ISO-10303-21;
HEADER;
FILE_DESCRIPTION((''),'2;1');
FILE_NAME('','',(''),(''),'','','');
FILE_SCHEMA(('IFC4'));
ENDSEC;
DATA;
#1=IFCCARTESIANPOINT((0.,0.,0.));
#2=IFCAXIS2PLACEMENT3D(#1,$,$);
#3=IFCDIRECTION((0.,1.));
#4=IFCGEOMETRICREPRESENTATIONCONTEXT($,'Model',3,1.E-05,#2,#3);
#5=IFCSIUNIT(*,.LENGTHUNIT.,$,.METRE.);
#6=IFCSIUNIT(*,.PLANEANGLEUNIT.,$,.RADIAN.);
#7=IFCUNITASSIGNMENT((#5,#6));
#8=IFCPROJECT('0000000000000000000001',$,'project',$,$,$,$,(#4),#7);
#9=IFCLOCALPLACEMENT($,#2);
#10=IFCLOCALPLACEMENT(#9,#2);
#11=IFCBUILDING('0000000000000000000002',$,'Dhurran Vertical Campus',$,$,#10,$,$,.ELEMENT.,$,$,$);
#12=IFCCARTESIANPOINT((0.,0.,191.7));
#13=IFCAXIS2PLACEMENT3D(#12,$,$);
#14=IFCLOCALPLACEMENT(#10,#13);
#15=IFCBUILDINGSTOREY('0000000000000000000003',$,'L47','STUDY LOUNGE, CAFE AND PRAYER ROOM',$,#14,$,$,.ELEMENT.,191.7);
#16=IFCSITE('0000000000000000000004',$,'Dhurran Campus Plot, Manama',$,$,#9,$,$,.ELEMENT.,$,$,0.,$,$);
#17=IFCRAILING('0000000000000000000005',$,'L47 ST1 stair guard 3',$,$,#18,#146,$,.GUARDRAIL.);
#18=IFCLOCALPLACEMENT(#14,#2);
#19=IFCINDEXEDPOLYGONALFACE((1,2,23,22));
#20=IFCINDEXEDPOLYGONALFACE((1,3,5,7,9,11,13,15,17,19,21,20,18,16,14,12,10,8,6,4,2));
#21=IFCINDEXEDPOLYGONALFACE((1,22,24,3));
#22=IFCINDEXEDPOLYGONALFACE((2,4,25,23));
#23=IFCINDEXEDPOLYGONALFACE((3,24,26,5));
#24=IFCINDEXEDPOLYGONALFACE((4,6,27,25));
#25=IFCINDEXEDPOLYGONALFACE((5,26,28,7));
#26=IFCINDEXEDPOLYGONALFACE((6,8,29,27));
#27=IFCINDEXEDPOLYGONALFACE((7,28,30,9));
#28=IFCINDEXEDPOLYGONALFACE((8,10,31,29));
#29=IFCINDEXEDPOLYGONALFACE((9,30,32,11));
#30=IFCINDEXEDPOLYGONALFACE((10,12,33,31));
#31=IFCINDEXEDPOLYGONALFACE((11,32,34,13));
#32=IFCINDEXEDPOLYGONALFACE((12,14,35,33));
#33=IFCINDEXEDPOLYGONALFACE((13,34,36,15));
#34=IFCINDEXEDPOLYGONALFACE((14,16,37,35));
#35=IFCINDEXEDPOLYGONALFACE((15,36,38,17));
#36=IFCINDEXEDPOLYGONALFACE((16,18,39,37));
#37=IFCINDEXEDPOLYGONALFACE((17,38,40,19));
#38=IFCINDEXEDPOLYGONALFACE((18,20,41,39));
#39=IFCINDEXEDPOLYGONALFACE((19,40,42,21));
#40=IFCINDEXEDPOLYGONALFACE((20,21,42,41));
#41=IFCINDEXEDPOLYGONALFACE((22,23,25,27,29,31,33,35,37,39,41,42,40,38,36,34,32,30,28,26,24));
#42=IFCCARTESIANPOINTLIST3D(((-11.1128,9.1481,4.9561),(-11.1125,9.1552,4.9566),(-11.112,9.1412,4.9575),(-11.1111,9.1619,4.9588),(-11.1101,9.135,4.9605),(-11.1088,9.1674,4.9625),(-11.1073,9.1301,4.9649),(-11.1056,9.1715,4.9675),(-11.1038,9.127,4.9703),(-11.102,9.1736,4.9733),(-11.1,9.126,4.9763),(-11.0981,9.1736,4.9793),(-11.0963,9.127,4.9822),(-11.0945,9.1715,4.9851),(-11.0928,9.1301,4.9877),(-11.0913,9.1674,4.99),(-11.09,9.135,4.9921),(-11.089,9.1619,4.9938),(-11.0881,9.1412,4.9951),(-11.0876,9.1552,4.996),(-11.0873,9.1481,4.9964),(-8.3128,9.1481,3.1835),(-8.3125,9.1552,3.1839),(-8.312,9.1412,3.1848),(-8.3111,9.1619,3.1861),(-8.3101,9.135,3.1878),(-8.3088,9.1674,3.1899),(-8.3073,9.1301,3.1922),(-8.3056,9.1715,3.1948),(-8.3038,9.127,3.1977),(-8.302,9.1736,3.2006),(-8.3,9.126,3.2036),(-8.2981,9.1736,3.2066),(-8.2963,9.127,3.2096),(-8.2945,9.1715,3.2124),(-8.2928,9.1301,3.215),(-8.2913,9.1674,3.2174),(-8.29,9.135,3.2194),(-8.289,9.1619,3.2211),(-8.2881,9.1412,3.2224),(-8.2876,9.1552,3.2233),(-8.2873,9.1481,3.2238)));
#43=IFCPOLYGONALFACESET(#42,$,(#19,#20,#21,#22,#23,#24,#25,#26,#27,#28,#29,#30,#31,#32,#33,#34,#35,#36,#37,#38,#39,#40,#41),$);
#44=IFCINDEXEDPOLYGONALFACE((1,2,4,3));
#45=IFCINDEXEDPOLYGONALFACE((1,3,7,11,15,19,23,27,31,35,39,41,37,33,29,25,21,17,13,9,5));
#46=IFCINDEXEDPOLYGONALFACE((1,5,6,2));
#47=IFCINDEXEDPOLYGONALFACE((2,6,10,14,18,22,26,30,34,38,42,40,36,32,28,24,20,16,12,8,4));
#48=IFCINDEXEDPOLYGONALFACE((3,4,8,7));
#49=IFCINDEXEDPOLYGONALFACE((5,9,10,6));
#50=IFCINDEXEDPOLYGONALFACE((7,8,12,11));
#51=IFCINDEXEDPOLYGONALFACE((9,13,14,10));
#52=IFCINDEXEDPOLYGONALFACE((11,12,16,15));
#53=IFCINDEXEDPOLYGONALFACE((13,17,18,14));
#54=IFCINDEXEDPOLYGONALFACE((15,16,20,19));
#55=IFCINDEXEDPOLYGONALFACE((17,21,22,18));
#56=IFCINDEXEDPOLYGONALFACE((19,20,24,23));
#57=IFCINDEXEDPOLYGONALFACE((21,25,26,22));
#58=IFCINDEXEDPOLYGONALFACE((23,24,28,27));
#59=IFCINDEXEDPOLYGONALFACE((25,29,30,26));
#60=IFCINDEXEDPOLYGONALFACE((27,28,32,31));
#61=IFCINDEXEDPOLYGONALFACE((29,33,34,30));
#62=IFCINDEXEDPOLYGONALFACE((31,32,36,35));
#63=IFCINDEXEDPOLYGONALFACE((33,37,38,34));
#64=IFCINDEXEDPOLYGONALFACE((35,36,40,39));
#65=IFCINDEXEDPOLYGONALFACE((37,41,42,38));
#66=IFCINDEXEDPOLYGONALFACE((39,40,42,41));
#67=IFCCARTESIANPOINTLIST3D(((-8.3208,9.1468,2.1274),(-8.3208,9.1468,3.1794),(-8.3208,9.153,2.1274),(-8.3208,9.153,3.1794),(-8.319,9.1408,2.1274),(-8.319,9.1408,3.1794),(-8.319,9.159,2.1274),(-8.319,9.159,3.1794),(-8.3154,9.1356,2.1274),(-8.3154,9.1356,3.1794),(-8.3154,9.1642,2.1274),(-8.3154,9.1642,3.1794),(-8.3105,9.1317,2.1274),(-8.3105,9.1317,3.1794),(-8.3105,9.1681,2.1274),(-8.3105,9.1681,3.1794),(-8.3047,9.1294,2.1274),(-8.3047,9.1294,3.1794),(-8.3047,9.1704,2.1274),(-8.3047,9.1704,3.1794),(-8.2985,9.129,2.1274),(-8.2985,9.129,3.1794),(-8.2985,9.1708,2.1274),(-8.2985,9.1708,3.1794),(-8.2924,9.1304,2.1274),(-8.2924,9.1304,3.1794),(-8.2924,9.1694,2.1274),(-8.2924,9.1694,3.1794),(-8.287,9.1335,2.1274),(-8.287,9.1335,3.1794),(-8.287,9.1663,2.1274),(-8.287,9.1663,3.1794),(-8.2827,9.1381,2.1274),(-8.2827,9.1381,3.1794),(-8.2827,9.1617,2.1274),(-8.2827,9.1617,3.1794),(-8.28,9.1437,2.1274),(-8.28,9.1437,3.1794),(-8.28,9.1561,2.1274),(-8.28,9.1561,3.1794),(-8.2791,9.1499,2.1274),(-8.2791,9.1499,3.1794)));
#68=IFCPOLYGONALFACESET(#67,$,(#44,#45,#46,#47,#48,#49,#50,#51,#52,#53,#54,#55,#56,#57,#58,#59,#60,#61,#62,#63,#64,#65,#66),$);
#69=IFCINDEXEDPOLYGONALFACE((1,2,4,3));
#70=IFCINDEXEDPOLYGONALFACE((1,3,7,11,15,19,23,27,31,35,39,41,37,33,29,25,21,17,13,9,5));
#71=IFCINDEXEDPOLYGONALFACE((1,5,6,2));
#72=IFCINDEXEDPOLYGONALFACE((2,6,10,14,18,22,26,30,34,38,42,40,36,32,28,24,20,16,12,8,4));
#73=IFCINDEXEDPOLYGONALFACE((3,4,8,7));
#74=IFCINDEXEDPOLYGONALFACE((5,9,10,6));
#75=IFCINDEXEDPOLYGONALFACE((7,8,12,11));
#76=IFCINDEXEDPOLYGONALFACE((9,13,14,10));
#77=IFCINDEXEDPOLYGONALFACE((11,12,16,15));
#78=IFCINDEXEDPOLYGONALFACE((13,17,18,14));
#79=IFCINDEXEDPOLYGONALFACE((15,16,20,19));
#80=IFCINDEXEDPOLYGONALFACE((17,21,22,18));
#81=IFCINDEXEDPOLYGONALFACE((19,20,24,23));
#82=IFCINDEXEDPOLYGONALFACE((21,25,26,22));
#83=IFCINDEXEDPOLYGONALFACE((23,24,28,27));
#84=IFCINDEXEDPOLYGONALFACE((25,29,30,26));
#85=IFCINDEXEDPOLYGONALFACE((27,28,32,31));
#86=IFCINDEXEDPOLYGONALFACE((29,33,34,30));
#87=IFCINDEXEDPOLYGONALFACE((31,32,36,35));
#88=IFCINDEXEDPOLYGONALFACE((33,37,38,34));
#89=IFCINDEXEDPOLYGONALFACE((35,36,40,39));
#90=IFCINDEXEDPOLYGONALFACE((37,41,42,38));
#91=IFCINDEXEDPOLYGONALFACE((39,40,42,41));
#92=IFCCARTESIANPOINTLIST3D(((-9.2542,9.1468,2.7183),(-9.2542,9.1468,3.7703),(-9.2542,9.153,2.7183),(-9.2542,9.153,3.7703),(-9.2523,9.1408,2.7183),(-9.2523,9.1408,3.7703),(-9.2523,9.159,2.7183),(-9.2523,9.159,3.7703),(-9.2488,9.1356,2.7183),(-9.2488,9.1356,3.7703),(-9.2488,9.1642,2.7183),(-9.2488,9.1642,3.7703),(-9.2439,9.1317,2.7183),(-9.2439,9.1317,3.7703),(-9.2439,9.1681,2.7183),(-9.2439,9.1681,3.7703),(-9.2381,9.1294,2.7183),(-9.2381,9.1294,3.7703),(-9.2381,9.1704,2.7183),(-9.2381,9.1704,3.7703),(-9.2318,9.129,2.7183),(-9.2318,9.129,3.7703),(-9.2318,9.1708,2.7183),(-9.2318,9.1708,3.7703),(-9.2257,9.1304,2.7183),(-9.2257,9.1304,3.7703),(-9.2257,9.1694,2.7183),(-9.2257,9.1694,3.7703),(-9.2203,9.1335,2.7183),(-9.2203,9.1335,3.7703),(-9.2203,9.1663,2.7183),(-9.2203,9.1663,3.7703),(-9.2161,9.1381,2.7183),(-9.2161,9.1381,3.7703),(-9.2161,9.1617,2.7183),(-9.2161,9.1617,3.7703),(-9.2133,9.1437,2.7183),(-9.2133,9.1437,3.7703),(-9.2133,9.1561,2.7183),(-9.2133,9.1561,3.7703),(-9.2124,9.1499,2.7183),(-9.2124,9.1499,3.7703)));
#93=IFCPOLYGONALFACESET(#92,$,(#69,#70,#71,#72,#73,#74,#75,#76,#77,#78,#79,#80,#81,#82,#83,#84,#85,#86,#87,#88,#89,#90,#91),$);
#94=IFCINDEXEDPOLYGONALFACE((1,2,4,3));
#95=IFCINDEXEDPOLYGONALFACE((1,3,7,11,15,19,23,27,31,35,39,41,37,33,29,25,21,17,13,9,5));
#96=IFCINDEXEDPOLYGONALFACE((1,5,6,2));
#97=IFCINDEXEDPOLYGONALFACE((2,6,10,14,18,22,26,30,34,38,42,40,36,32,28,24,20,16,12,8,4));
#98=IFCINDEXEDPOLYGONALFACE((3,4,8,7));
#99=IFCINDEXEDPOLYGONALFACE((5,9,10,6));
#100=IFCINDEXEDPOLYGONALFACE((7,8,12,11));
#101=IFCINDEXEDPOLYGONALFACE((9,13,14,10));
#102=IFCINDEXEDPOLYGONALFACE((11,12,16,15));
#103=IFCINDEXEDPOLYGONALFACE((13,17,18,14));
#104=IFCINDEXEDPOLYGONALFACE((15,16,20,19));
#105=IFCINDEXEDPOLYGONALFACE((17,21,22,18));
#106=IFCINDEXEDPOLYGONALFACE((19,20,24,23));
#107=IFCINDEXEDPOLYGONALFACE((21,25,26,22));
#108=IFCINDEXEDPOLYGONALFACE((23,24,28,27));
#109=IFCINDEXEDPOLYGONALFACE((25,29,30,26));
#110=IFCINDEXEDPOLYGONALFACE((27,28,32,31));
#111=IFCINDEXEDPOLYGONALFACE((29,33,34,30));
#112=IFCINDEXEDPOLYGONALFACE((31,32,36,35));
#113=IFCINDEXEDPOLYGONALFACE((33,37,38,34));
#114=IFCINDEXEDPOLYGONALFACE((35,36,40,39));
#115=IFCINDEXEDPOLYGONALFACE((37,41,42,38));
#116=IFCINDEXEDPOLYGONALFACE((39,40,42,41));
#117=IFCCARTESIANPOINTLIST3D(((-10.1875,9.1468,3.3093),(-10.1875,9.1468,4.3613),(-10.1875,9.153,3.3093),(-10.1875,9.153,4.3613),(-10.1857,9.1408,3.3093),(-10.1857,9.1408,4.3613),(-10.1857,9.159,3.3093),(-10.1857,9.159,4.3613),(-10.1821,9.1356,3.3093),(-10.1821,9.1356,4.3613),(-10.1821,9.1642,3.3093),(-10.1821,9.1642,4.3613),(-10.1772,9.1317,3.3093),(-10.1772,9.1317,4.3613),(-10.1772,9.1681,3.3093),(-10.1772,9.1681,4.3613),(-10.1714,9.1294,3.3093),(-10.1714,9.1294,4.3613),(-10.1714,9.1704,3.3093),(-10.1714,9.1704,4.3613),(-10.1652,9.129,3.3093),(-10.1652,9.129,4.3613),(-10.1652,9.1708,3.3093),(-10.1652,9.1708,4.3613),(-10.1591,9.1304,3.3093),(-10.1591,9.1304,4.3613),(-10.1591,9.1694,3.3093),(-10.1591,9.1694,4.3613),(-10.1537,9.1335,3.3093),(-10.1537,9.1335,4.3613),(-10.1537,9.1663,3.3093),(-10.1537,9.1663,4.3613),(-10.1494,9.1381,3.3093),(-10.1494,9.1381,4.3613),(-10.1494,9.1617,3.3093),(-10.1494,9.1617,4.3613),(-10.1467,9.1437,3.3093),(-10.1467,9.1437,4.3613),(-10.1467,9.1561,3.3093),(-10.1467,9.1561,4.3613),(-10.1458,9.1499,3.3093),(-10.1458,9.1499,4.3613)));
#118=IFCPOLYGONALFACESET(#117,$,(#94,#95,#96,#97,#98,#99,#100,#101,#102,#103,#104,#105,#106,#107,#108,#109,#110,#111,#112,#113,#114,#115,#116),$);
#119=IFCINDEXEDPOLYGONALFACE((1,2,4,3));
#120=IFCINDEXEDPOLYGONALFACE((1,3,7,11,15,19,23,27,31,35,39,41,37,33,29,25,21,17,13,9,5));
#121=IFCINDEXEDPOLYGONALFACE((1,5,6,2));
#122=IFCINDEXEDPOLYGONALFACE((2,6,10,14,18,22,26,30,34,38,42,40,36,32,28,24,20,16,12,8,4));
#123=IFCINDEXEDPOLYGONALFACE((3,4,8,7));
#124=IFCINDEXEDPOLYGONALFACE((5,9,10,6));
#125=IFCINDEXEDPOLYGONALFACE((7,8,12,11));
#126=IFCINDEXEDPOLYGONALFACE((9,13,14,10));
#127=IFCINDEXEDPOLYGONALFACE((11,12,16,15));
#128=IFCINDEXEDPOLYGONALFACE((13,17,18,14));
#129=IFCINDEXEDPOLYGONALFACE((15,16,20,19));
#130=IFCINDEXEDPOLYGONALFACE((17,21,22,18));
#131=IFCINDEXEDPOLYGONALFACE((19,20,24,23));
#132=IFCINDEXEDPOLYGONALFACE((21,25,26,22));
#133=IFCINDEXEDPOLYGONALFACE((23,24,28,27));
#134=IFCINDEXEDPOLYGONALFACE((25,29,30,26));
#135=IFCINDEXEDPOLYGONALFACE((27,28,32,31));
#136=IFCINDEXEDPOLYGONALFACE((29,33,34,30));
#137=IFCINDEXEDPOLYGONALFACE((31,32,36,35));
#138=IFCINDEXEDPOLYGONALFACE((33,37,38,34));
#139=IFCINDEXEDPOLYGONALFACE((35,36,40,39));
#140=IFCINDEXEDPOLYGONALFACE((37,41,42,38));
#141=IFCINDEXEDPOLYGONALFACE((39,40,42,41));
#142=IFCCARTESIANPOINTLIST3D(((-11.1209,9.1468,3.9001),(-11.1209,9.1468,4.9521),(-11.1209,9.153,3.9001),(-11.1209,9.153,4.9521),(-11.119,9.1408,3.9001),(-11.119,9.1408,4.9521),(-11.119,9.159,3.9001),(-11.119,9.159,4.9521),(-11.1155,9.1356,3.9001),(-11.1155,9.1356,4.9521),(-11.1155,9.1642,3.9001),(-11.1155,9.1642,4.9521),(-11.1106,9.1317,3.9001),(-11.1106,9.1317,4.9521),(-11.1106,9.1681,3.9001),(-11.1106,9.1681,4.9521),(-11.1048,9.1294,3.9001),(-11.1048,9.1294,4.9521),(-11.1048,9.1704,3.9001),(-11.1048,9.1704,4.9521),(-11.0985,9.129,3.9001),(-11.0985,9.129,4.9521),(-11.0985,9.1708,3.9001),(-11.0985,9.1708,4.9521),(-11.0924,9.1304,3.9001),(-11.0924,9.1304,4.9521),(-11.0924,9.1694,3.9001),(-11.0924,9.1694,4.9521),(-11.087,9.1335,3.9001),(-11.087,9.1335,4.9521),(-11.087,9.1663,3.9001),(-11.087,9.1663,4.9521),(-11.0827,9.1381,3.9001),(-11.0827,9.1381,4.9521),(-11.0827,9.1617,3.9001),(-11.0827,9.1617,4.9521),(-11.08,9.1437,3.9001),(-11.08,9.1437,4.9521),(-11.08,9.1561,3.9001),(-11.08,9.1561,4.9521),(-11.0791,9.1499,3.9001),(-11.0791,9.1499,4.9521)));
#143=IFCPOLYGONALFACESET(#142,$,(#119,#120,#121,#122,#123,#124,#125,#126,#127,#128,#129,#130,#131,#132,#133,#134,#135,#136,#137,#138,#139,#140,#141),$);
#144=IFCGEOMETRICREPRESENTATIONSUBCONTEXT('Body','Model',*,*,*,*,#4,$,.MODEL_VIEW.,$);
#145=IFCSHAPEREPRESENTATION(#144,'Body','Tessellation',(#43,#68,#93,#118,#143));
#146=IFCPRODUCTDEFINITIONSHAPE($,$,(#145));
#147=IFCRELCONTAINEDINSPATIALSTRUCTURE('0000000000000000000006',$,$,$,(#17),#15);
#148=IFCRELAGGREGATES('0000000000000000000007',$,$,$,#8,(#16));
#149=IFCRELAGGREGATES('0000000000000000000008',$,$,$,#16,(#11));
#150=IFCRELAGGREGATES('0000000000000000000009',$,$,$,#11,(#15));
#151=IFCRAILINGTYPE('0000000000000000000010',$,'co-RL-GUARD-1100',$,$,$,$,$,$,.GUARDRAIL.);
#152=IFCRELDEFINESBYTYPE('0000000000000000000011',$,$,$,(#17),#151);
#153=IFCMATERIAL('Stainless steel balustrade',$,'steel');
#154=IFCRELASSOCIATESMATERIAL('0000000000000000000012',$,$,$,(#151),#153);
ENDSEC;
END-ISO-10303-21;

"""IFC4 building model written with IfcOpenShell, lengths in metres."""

from ifc_helpers import new_model, si_unit, direction, frame, origin, origin_2d, place, context, subcontext, project, spatial, circle, extrude, material, type_object, element, save


model = new_model("IFC4")

# Units and contexts
model_context = context("Model", 3, precision=1e-05, world=origin(), true_north=direction((0.0, 1.0)))
body_context = subcontext(model_context, "Body", "Model", "MODEL_VIEW")
ifc_project = project(units=[si_unit("LENGTHUNIT", "METRE"), si_unit("PLANEANGLEUNIT", "RADIAN")], contexts=[model_context])

# Site, building, storey
site_placement = place(None, origin())
site = spatial("IfcSite", under=ifc_project, at=site_placement, Name="Dhurran Campus Plot, Manama", CompositionType="ELEMENT", RefElevation=0.0)
building_placement = place(site_placement, origin())
building = spatial("IfcBuilding", under=site, at=building_placement, Name="Dhurran Vertical Campus", CompositionType="ELEMENT")
storey_placement = place(building_placement, frame((0.0, 0.0, 191.7)))
storey = spatial("IfcBuildingStorey", under=building, at=storey_placement, Name="L47", Description="STUDY LOUNGE, CAFE AND PRAYER ROOM", CompositionType="ELEMENT", Elevation=191.7)

# Railing
ifc_material_1 = material(Name="Stainless steel balustrade", Category="steel")
railing_type_1 = type_object("IfcRailingType", Name="co-RL-GUARD-1100", PredefinedType="GUARDRAIL", material=ifc_material_1)
railing_1_placement = place(storey_placement, frame((-8.3, 9.1499, 2.1274)))
element("IfcRailing", 1, at=railing_1_placement, inside=storey, type_object=railing_type_1, Name="L47 ST1 stair guard 3", PredefinedType="GUARDRAIL", context=body_context, shape_type="SweptSolid", body=[
    extrude(circle(Radius=0.0239, at=origin_2d()), frame((0.0, 0.0, 1.0762), z_axis=(-0.844909, 0.0, 0.53491), x_axis=(0.0, -1.0, 0.0)), (0.0, 0.0, 1.0), 3.314),
    extrude(circle(Radius=0.021, at=origin_2d()), origin(), (0.0, 0.0, 1.0), 1.052),
    extrude(circle(Radius=0.021, at=origin_2d()), frame((-0.9333, 0.0, 0.5908)), (0.0, 0.0, 1.0), 1.052),
    extrude(circle(Radius=0.021, at=origin_2d()), frame((-1.8667, 0.0, 1.1819)), (0.0, 0.0, 1.0), 1.052),
    extrude(circle(Radius=0.021, at=origin_2d()), frame((-2.8, 0.0, 1.7727)), (0.0, 0.0, 1.0), 1.052),
])

save(model, "model.ifc")
